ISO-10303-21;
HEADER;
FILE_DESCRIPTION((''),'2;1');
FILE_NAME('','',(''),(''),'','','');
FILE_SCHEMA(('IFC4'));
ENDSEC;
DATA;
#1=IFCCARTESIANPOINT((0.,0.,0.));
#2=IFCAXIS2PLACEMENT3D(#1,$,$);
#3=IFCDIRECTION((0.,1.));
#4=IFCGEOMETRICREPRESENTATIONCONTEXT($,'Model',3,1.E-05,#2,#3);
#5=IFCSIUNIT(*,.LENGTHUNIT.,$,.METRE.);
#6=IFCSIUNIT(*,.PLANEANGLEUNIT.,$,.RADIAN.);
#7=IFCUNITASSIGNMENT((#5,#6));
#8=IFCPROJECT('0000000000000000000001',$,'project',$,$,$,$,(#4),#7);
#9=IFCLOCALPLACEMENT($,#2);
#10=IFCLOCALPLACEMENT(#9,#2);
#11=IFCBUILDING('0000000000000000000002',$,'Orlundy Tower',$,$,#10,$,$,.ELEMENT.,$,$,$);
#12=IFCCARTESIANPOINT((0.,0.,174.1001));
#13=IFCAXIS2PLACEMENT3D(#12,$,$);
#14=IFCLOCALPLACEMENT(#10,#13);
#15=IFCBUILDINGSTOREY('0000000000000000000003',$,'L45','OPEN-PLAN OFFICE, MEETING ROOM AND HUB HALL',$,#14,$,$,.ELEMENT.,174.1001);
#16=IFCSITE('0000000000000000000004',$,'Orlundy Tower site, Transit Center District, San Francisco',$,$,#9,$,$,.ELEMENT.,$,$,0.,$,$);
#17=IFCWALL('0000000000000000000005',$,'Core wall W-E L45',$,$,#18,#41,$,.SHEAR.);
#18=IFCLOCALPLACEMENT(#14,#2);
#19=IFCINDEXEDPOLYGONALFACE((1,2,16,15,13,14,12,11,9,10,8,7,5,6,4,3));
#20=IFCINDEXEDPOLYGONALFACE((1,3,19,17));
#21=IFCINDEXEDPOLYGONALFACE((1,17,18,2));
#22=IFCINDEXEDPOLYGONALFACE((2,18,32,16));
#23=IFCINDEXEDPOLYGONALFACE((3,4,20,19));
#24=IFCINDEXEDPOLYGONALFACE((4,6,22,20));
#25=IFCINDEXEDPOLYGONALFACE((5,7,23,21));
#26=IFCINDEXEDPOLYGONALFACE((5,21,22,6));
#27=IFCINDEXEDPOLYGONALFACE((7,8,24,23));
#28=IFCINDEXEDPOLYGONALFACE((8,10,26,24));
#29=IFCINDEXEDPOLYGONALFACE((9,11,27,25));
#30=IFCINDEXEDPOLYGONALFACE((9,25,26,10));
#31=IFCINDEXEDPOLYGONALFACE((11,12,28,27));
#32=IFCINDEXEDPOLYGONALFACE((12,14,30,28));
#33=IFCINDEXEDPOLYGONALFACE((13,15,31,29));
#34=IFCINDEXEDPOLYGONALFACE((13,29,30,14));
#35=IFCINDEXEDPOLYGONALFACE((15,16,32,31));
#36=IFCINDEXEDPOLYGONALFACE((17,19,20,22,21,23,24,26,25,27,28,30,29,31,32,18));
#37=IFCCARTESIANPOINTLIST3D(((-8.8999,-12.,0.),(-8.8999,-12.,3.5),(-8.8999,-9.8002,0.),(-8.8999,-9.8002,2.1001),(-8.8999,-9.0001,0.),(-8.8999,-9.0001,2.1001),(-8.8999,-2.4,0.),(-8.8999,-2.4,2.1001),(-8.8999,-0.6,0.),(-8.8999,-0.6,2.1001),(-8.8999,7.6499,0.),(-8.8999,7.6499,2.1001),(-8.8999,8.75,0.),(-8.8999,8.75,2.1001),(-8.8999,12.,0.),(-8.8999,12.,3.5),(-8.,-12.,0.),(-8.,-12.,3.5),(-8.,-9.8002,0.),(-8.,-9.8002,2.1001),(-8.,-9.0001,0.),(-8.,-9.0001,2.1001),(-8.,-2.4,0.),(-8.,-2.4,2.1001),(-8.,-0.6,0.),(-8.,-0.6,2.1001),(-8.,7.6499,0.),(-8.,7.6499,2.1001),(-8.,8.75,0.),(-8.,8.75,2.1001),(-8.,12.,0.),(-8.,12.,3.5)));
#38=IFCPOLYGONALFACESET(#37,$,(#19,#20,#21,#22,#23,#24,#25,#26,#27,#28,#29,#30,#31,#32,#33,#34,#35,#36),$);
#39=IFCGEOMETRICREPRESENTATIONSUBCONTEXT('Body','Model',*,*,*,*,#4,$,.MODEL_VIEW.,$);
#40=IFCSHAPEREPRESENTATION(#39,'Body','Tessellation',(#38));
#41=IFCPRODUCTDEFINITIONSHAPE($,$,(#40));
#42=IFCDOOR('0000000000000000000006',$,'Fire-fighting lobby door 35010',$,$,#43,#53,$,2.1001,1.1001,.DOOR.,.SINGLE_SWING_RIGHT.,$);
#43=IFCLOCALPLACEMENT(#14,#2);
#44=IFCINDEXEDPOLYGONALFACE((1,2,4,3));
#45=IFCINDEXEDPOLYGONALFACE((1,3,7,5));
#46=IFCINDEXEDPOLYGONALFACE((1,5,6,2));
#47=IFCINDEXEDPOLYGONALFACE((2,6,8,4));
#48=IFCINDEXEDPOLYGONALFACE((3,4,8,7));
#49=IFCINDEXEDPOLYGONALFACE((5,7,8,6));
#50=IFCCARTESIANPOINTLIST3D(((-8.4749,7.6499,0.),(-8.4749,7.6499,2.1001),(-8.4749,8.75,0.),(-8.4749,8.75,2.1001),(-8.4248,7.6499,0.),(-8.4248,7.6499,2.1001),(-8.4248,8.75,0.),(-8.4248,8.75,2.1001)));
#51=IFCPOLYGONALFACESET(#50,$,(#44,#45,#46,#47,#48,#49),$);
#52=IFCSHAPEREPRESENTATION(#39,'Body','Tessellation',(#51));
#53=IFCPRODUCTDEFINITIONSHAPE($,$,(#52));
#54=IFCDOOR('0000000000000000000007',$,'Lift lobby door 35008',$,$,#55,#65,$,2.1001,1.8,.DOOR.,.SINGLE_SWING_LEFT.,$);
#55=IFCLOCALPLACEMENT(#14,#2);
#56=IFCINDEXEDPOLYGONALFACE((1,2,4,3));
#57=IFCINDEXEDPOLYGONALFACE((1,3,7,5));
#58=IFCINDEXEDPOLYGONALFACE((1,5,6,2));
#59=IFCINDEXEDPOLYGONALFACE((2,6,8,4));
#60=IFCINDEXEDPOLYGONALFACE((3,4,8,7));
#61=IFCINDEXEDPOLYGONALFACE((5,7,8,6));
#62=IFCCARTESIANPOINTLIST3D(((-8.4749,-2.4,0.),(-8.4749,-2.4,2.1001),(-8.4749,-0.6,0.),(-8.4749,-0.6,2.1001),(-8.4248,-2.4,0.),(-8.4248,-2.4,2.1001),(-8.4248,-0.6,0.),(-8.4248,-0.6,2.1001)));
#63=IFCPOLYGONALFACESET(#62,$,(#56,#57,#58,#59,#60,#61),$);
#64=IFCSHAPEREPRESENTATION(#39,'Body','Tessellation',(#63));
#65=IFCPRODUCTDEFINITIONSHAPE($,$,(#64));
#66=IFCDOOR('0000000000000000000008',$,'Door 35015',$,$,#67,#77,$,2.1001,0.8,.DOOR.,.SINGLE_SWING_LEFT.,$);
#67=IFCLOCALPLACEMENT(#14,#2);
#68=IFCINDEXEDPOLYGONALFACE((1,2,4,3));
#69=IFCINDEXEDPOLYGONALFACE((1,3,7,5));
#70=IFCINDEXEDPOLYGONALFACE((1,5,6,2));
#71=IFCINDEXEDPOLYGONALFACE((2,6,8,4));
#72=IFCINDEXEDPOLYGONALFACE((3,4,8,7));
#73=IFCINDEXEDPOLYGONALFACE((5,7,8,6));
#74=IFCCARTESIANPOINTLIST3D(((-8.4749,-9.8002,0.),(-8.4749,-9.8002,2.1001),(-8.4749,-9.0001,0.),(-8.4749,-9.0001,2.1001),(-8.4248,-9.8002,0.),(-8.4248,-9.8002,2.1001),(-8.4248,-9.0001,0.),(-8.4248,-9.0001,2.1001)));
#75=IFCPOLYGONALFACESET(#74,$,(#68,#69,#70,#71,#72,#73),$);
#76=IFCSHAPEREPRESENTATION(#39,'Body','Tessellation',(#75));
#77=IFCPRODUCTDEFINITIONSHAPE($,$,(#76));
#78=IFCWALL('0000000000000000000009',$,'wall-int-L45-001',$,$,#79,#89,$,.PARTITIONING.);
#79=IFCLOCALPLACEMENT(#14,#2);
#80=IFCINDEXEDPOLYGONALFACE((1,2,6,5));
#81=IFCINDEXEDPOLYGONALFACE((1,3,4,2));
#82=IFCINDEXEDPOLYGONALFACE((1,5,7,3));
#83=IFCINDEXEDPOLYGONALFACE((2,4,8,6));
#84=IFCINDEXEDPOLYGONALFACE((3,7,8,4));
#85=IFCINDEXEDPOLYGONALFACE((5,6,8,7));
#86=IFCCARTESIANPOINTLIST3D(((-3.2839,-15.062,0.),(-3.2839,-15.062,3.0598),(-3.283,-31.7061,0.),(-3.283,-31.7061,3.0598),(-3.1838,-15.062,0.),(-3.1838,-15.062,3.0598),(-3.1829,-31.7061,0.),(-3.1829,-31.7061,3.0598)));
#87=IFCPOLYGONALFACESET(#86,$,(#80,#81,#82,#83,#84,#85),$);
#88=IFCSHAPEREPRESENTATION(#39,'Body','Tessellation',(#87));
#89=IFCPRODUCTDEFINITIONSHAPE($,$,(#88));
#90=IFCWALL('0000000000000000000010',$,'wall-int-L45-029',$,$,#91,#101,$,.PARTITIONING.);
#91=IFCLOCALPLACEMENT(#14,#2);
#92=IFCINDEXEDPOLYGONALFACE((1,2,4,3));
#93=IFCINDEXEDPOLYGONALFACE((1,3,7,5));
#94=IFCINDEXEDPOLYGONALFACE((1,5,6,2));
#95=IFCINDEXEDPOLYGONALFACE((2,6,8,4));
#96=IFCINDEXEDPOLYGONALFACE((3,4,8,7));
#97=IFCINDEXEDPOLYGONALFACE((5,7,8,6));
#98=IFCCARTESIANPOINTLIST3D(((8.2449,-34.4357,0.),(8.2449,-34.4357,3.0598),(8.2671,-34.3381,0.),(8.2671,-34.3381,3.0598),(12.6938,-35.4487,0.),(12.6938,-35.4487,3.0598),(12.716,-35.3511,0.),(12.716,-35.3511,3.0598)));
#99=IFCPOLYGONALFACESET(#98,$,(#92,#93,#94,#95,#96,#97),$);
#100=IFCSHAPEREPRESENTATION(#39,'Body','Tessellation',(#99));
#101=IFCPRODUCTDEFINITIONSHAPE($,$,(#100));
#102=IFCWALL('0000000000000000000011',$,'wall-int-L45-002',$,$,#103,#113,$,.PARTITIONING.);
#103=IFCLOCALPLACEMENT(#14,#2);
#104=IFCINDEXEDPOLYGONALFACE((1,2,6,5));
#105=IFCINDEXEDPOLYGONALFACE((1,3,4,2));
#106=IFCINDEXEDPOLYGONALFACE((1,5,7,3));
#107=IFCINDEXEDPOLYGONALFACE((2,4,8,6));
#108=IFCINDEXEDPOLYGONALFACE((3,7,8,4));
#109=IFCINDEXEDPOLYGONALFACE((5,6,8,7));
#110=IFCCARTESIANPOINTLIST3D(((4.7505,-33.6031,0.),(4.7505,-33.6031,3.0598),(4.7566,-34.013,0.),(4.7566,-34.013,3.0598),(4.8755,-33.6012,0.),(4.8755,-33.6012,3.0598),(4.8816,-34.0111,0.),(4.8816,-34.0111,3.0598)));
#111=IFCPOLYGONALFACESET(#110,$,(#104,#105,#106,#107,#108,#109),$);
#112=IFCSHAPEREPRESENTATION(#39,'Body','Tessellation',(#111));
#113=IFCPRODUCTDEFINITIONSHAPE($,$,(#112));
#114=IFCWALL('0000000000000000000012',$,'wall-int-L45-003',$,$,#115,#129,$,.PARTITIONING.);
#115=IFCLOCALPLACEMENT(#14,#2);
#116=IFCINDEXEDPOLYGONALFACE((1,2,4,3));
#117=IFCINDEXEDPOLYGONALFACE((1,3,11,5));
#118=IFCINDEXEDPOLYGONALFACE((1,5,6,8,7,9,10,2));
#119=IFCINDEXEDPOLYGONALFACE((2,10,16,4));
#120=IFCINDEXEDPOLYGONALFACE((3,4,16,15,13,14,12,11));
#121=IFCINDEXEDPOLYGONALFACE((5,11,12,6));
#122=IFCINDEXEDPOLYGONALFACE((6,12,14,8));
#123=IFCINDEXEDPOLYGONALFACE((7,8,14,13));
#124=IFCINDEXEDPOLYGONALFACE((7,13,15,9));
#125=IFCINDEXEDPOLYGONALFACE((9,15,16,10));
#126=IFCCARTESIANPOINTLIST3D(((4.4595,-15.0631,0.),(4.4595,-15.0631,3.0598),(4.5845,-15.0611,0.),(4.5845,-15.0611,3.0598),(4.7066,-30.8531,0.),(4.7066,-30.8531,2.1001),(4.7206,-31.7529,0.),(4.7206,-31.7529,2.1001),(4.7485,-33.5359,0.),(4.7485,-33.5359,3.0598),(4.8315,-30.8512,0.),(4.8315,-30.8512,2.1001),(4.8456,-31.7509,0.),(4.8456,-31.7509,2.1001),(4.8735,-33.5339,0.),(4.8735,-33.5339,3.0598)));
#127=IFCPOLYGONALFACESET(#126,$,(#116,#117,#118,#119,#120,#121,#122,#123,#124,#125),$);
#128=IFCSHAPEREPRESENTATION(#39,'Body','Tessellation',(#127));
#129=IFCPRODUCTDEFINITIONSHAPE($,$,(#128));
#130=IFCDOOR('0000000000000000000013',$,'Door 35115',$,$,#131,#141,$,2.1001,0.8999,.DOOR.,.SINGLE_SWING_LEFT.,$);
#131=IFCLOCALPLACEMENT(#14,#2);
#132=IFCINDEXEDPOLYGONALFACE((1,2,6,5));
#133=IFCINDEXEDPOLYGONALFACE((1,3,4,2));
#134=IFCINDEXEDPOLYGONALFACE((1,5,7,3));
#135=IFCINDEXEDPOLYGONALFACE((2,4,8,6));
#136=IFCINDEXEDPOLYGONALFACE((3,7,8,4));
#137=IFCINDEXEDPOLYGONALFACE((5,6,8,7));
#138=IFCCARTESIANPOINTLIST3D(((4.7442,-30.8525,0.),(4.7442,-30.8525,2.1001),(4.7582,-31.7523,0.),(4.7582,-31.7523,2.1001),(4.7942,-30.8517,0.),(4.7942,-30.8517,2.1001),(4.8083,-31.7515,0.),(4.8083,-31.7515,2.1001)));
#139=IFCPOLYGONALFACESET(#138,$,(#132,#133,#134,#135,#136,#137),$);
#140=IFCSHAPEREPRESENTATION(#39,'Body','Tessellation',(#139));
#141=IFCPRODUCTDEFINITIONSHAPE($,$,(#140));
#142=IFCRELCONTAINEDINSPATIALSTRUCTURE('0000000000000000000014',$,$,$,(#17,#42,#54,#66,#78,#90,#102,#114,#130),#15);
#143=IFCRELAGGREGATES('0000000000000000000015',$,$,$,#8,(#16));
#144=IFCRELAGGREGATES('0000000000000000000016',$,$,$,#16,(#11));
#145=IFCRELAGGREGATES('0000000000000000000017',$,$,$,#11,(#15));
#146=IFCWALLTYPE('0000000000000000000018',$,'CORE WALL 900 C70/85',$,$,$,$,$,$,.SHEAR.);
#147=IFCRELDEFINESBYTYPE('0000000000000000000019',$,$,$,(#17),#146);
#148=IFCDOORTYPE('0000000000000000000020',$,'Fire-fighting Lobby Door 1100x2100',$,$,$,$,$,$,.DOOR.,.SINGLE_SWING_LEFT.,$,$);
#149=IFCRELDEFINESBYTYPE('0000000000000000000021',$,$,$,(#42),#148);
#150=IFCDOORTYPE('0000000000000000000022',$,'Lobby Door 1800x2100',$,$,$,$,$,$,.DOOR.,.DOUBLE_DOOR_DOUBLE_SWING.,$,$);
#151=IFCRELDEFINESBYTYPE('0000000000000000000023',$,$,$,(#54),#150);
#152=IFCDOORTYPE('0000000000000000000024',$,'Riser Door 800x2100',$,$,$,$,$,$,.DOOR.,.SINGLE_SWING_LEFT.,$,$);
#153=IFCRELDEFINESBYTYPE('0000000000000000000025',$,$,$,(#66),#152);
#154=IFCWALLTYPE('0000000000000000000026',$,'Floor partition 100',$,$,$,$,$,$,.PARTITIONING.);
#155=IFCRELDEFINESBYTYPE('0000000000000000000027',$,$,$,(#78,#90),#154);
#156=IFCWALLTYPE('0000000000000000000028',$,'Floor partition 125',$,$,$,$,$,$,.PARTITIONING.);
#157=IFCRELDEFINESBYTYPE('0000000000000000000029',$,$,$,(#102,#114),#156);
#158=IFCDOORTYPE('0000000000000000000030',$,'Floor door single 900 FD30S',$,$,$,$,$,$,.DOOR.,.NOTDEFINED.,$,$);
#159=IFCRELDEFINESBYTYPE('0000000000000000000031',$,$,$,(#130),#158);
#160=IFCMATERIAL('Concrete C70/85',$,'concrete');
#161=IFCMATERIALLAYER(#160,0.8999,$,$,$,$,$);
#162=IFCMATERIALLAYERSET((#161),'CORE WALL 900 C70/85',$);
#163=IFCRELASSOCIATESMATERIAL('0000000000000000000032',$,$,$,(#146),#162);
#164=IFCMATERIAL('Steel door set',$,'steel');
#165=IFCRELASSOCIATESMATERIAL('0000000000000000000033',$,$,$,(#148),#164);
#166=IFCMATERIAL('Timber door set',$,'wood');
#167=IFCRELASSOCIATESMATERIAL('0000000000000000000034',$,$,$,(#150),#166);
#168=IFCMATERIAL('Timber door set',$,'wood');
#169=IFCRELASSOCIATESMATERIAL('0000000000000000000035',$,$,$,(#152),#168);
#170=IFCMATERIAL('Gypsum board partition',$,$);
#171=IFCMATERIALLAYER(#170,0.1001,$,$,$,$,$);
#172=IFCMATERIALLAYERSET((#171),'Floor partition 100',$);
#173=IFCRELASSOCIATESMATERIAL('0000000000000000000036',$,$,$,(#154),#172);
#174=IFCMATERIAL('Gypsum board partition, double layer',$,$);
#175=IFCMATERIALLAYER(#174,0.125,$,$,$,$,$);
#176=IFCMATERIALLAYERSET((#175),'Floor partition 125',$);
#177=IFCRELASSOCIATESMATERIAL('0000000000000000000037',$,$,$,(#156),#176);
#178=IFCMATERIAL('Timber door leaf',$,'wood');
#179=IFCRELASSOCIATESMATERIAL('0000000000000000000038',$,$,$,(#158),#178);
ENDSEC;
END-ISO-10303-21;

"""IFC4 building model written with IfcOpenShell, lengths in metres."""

from ifc_helpers import new_model, si_unit, direction, frame, frame_2d, origin, place, context, subcontext, project, spatial, rectangle, extrude, material, layer, layer_set, type_object, element, fill, save


model = new_model("IFC4")

# Units and contexts
model_context = context("Model", 3, precision=1e-05, world=origin(), true_north=direction((0.0, 1.0)))
body_context = subcontext(model_context, "Body", "Model", "MODEL_VIEW")
ifc_project = project(units=[si_unit("LENGTHUNIT", "METRE"), si_unit("PLANEANGLEUNIT", "RADIAN")], contexts=[model_context])

# Site, building, storey
site_placement = place(None, origin())
site = spatial("IfcSite", under=ifc_project, at=site_placement, Name="Orlundy Tower site, Transit Center District, San Francisco", CompositionType="ELEMENT", RefElevation=0.0)
building_placement = place(site_placement, origin())
building = spatial("IfcBuilding", under=site, at=building_placement, Name="Orlundy Tower", CompositionType="ELEMENT")
storey_placement = place(building_placement, frame((0.0, 0.0, 174.1001)))
storey = spatial("IfcBuildingStorey", under=building, at=storey_placement, Name="L45", Description="OPEN-PLAN OFFICE, MEETING ROOM AND HUB HALL", CompositionType="ELEMENT", Elevation=174.1001)

# Wall, openings, doors
ifc_material_1 = material(Name="Concrete C70/85", Category="concrete")
ifc_layer_1 = layer(ifc_material_1, 0.8999)
ifc_layer_set_1 = layer_set([ifc_layer_1], Name="CORE WALL 900 C70/85")
wall_type_1 = type_object("IfcWallType", Name="CORE WALL 900 C70/85", PredefinedType="SHEAR", material=ifc_layer_set_1)
wall_1_placement = place(storey_placement, frame((-8.45, -12.0, 0.0), z_axis=(0.0, 0.0, 1.0), x_axis=(0.0, 1.0, 0.0)))
wall_1 = element("IfcWall", 1, at=wall_1_placement, inside=storey, type_object=wall_type_1, Name="Core wall W-E L45", PredefinedType="SHEAR", context=body_context, shape_type="SweptSolid", body=[
    extrude(rectangle(XDim=24.0, YDim=0.8999, at=frame_2d((12.0, 0.0))), origin(), (0.0, 0.0, 1.0), 3.5),
])
opening_1_placement = place(wall_1_placement, frame((9.6001, 0.0, 0.0)))
opening_1 = element("IfcOpeningElement", 2, at=opening_1_placement, cuts=wall_1, PredefinedType="OPENING", context=body_context, shape_type="SweptSolid", body=[
    extrude(rectangle(XDim=1.8, YDim=2.1001, at=frame_2d((0.8999, 1.05))), frame((0.0, 0.46, 0.0), z_axis=(0.0, -1.0, 0.0), x_axis=(1.0, 0.0, 0.0)), (0.0, 0.0, 1.0), 0.9199),
])
opening_2_placement = place(wall_1_placement, frame((19.6499, 0.0, 0.0)))
opening_2 = element("IfcOpeningElement", 3, at=opening_2_placement, cuts=wall_1, PredefinedType="OPENING", context=body_context, shape_type="SweptSolid", body=[
    extrude(rectangle(XDim=1.1001, YDim=2.1001, at=frame_2d((0.55, 1.05))), frame((0.0, 0.46, 0.0), z_axis=(0.0, -1.0, 0.0), x_axis=(1.0, 0.0, 0.0)), (0.0, 0.0, 1.0), 0.9199),
])
opening_3_placement = place(wall_1_placement, frame((2.2, 0.0, 0.0)))
opening_3 = element("IfcOpeningElement", 4, at=opening_3_placement, cuts=wall_1, PredefinedType="OPENING", context=body_context, shape_type="SweptSolid", body=[
    extrude(rectangle(XDim=0.8, YDim=2.1001, at=frame_2d((0.3999, 1.05))), frame((0.0, 0.46, 0.0), z_axis=(0.0, -1.0, 0.0), x_axis=(1.0, 0.0, 0.0)), (0.0, 0.0, 1.0), 0.9199),
])
ifc_material_2 = material(Name="Steel door set", Category="steel")
door_type_1 = type_object("IfcDoorType", Name="Fire-fighting Lobby Door 1100x2100", OperationType="SINGLE_SWING_LEFT", PredefinedType="DOOR", material=ifc_material_2)
door_1_placement = place(opening_2_placement, origin())
door_1 = element("IfcDoor", 5, at=door_1_placement, inside=storey, type_object=door_type_1, Name="Fire-fighting lobby door 35010", OperationType="SINGLE_SWING_RIGHT", OverallHeight=2.1001, OverallWidth=1.1001, PredefinedType="DOOR", context=body_context, shape_type="SweptSolid", body=[
    extrude(rectangle(XDim=1.1001, YDim=2.1001, at=frame_2d((0.55, 1.05))), frame((0.0, 0.0249, 0.0), z_axis=(0.0, -1.0, 0.0), x_axis=(1.0, 0.0, 0.0)), (0.0, 0.0, 1.0), 0.05),
])
fill(opening_2, door_1)
ifc_material_3 = material(Name="Timber door set", Category="wood")
door_type_2 = type_object("IfcDoorType", Name="Lobby Door 1800x2100", OperationType="DOUBLE_DOOR_DOUBLE_SWING", PredefinedType="DOOR", material=ifc_material_3)
door_2_placement = place(opening_1_placement, origin())
door_2 = element("IfcDoor", 6, at=door_2_placement, inside=storey, type_object=door_type_2, Name="Lift lobby door 35008", OperationType="SINGLE_SWING_LEFT", OverallHeight=2.1001, OverallWidth=1.8, PredefinedType="DOOR", context=body_context, shape_type="SweptSolid", body=[
    extrude(rectangle(XDim=1.8, YDim=2.1001, at=frame_2d((0.8999, 1.05))), frame((0.0, 0.0249, 0.0), z_axis=(0.0, -1.0, 0.0), x_axis=(1.0, 0.0, 0.0)), (0.0, 0.0, 1.0), 0.05),
])
fill(opening_1, door_2)
ifc_material_4 = material(Name="Timber door set", Category="wood")
door_type_3 = type_object("IfcDoorType", Name="Riser Door 800x2100", OperationType="SINGLE_SWING_LEFT", PredefinedType="DOOR", material=ifc_material_4)
door_3_placement = place(opening_3_placement, origin())
door_3 = element("IfcDoor", 7, at=door_3_placement, inside=storey, type_object=door_type_3, Name="Door 35015", OperationType="SINGLE_SWING_LEFT", OverallHeight=2.1001, OverallWidth=0.8, PredefinedType="DOOR", context=body_context, shape_type="SweptSolid", body=[
    extrude(rectangle(XDim=0.8, YDim=2.1001, at=frame_2d((0.3999, 1.05))), frame((0.0, 0.0249, 0.0), z_axis=(0.0, -1.0, 0.0), x_axis=(1.0, 0.0, 0.0)), (0.0, 0.0, 1.0), 0.05),
])
fill(opening_3, door_3)

# Walls
ifc_material_5 = material(Name="Gypsum board partition")
ifc_layer_2 = layer(ifc_material_5, 0.1001)
ifc_layer_set_2 = layer_set([ifc_layer_2], Name="Floor partition 100")
wall_type_2 = type_object("IfcWallType", Name="Floor partition 100", PredefinedType="PARTITIONING", material=ifc_layer_set_2)
wall_2_placement = place(storey_placement, frame((-3.2339, -15.062, 0.0), z_axis=(0.0, 0.0, 1.0), x_axis=(0.000059, -1.0, 0.0)))
element("IfcWall", 8, at=wall_2_placement, inside=storey, type_object=wall_type_2, Name="wall-int-L45-001", PredefinedType="PARTITIONING", context=body_context, shape_type="SweptSolid", body=[
    extrude(rectangle(XDim=16.644, YDim=0.1001, at=frame_2d((8.322, 0.0))), origin(), (0.0, 0.0, 1.0), 3.0598),
])
wall_3_placement = place(storey_placement, frame((8.2561, -34.387, 0.0), z_axis=(0.0, 0.0, 1.0), x_axis=(0.975047, -0.221998, 0.0)))
element("IfcWall", 9, at=wall_3_placement, inside=storey, type_object=wall_type_2, Name="wall-int-L45-029", PredefinedType="PARTITIONING", context=body_context, shape_type="SweptSolid", body=[
    extrude(rectangle(XDim=4.5627, YDim=0.1001, at=frame_2d((2.2812, 0.0))), origin(), (0.0, 0.0, 1.0), 3.0598),
])
ifc_material_6 = material(Name="Gypsum board partition, double layer")
ifc_layer_3 = layer(ifc_material_6, 0.125)
ifc_layer_set_3 = layer_set([ifc_layer_3], Name="Floor partition 125")
wall_type_3 = type_object("IfcWallType", Name="Floor partition 125", PredefinedType="PARTITIONING", material=ifc_layer_set_3)
wall_4_placement = place(storey_placement, frame((4.813, -33.6021, 0.0), z_axis=(0.0, 0.0, 1.0), x_axis=(0.014888, -0.999889, 0.0)))
element("IfcWall", 10, at=wall_4_placement, inside=storey, type_object=wall_type_3, Name="wall-int-L45-002", PredefinedType="PARTITIONING", context=body_context, shape_type="SweptSolid", body=[
    extrude(rectangle(XDim=0.4099, YDim=0.125, at=frame_2d((0.2051, 0.0))), origin(), (0.0, 0.0, 1.0), 3.0598),
])

# Wall, opening, door
wall_5_placement = place(storey_placement, frame((4.811, -33.5349, 0.0), z_axis=(0.0, 0.0, 1.0), x_axis=(-0.015646, 0.999878, 0.0)))
wall_5 = element("IfcWall", 11, at=wall_5_placement, inside=storey, type_object=wall_type_3, Name="wall-int-L45-003", PredefinedType="PARTITIONING", context=body_context, shape_type="SweptSolid", body=[
    extrude(rectangle(XDim=18.4751, YDim=0.125, at=frame_2d((9.2375, 0.0))), origin(), (0.0, 0.0, 1.0), 3.0598),
])
opening_4_placement = place(wall_5_placement, frame((1.7832, 0.0, 0.0)))
opening_4 = element("IfcOpeningElement", 12, at=opening_4_placement, cuts=wall_5, PredefinedType="OPENING", context=body_context, shape_type="SweptSolid", body=[
    extrude(rectangle(XDim=0.8999, YDim=2.1001, at=frame_2d((0.45, 1.05))), frame((0.0, 0.0725, 0.0), z_axis=(0.0, -1.0, 0.0), x_axis=(1.0, 0.0, 0.0)), (0.0, 0.0, 1.0), 0.145),
])
ifc_material_7 = material(Name="Timber door leaf", Category="wood")
door_type_4 = type_object("IfcDoorType", Name="Floor door single 900 FD30S", OperationType="NOTDEFINED", PredefinedType="DOOR", material=ifc_material_7)
door_4_placement = place(opening_4_placement, origin())
door_4 = element("IfcDoor", 13, at=door_4_placement, inside=storey, type_object=door_type_4, Name="Door 35115", OperationType="SINGLE_SWING_LEFT", OverallHeight=2.1001, OverallWidth=0.8999, PredefinedType="DOOR", context=body_context, shape_type="SweptSolid", body=[
    extrude(rectangle(XDim=0.8999, YDim=2.1001, at=frame_2d((0.45, 1.05))), frame((0.0, 0.0249, 0.0), z_axis=(0.0, -1.0, 0.0), x_axis=(1.0, 0.0, 0.0)), (0.0, 0.0, 1.0), 0.05),
])
fill(opening_4, door_4)

save(model, "model.ifc")
